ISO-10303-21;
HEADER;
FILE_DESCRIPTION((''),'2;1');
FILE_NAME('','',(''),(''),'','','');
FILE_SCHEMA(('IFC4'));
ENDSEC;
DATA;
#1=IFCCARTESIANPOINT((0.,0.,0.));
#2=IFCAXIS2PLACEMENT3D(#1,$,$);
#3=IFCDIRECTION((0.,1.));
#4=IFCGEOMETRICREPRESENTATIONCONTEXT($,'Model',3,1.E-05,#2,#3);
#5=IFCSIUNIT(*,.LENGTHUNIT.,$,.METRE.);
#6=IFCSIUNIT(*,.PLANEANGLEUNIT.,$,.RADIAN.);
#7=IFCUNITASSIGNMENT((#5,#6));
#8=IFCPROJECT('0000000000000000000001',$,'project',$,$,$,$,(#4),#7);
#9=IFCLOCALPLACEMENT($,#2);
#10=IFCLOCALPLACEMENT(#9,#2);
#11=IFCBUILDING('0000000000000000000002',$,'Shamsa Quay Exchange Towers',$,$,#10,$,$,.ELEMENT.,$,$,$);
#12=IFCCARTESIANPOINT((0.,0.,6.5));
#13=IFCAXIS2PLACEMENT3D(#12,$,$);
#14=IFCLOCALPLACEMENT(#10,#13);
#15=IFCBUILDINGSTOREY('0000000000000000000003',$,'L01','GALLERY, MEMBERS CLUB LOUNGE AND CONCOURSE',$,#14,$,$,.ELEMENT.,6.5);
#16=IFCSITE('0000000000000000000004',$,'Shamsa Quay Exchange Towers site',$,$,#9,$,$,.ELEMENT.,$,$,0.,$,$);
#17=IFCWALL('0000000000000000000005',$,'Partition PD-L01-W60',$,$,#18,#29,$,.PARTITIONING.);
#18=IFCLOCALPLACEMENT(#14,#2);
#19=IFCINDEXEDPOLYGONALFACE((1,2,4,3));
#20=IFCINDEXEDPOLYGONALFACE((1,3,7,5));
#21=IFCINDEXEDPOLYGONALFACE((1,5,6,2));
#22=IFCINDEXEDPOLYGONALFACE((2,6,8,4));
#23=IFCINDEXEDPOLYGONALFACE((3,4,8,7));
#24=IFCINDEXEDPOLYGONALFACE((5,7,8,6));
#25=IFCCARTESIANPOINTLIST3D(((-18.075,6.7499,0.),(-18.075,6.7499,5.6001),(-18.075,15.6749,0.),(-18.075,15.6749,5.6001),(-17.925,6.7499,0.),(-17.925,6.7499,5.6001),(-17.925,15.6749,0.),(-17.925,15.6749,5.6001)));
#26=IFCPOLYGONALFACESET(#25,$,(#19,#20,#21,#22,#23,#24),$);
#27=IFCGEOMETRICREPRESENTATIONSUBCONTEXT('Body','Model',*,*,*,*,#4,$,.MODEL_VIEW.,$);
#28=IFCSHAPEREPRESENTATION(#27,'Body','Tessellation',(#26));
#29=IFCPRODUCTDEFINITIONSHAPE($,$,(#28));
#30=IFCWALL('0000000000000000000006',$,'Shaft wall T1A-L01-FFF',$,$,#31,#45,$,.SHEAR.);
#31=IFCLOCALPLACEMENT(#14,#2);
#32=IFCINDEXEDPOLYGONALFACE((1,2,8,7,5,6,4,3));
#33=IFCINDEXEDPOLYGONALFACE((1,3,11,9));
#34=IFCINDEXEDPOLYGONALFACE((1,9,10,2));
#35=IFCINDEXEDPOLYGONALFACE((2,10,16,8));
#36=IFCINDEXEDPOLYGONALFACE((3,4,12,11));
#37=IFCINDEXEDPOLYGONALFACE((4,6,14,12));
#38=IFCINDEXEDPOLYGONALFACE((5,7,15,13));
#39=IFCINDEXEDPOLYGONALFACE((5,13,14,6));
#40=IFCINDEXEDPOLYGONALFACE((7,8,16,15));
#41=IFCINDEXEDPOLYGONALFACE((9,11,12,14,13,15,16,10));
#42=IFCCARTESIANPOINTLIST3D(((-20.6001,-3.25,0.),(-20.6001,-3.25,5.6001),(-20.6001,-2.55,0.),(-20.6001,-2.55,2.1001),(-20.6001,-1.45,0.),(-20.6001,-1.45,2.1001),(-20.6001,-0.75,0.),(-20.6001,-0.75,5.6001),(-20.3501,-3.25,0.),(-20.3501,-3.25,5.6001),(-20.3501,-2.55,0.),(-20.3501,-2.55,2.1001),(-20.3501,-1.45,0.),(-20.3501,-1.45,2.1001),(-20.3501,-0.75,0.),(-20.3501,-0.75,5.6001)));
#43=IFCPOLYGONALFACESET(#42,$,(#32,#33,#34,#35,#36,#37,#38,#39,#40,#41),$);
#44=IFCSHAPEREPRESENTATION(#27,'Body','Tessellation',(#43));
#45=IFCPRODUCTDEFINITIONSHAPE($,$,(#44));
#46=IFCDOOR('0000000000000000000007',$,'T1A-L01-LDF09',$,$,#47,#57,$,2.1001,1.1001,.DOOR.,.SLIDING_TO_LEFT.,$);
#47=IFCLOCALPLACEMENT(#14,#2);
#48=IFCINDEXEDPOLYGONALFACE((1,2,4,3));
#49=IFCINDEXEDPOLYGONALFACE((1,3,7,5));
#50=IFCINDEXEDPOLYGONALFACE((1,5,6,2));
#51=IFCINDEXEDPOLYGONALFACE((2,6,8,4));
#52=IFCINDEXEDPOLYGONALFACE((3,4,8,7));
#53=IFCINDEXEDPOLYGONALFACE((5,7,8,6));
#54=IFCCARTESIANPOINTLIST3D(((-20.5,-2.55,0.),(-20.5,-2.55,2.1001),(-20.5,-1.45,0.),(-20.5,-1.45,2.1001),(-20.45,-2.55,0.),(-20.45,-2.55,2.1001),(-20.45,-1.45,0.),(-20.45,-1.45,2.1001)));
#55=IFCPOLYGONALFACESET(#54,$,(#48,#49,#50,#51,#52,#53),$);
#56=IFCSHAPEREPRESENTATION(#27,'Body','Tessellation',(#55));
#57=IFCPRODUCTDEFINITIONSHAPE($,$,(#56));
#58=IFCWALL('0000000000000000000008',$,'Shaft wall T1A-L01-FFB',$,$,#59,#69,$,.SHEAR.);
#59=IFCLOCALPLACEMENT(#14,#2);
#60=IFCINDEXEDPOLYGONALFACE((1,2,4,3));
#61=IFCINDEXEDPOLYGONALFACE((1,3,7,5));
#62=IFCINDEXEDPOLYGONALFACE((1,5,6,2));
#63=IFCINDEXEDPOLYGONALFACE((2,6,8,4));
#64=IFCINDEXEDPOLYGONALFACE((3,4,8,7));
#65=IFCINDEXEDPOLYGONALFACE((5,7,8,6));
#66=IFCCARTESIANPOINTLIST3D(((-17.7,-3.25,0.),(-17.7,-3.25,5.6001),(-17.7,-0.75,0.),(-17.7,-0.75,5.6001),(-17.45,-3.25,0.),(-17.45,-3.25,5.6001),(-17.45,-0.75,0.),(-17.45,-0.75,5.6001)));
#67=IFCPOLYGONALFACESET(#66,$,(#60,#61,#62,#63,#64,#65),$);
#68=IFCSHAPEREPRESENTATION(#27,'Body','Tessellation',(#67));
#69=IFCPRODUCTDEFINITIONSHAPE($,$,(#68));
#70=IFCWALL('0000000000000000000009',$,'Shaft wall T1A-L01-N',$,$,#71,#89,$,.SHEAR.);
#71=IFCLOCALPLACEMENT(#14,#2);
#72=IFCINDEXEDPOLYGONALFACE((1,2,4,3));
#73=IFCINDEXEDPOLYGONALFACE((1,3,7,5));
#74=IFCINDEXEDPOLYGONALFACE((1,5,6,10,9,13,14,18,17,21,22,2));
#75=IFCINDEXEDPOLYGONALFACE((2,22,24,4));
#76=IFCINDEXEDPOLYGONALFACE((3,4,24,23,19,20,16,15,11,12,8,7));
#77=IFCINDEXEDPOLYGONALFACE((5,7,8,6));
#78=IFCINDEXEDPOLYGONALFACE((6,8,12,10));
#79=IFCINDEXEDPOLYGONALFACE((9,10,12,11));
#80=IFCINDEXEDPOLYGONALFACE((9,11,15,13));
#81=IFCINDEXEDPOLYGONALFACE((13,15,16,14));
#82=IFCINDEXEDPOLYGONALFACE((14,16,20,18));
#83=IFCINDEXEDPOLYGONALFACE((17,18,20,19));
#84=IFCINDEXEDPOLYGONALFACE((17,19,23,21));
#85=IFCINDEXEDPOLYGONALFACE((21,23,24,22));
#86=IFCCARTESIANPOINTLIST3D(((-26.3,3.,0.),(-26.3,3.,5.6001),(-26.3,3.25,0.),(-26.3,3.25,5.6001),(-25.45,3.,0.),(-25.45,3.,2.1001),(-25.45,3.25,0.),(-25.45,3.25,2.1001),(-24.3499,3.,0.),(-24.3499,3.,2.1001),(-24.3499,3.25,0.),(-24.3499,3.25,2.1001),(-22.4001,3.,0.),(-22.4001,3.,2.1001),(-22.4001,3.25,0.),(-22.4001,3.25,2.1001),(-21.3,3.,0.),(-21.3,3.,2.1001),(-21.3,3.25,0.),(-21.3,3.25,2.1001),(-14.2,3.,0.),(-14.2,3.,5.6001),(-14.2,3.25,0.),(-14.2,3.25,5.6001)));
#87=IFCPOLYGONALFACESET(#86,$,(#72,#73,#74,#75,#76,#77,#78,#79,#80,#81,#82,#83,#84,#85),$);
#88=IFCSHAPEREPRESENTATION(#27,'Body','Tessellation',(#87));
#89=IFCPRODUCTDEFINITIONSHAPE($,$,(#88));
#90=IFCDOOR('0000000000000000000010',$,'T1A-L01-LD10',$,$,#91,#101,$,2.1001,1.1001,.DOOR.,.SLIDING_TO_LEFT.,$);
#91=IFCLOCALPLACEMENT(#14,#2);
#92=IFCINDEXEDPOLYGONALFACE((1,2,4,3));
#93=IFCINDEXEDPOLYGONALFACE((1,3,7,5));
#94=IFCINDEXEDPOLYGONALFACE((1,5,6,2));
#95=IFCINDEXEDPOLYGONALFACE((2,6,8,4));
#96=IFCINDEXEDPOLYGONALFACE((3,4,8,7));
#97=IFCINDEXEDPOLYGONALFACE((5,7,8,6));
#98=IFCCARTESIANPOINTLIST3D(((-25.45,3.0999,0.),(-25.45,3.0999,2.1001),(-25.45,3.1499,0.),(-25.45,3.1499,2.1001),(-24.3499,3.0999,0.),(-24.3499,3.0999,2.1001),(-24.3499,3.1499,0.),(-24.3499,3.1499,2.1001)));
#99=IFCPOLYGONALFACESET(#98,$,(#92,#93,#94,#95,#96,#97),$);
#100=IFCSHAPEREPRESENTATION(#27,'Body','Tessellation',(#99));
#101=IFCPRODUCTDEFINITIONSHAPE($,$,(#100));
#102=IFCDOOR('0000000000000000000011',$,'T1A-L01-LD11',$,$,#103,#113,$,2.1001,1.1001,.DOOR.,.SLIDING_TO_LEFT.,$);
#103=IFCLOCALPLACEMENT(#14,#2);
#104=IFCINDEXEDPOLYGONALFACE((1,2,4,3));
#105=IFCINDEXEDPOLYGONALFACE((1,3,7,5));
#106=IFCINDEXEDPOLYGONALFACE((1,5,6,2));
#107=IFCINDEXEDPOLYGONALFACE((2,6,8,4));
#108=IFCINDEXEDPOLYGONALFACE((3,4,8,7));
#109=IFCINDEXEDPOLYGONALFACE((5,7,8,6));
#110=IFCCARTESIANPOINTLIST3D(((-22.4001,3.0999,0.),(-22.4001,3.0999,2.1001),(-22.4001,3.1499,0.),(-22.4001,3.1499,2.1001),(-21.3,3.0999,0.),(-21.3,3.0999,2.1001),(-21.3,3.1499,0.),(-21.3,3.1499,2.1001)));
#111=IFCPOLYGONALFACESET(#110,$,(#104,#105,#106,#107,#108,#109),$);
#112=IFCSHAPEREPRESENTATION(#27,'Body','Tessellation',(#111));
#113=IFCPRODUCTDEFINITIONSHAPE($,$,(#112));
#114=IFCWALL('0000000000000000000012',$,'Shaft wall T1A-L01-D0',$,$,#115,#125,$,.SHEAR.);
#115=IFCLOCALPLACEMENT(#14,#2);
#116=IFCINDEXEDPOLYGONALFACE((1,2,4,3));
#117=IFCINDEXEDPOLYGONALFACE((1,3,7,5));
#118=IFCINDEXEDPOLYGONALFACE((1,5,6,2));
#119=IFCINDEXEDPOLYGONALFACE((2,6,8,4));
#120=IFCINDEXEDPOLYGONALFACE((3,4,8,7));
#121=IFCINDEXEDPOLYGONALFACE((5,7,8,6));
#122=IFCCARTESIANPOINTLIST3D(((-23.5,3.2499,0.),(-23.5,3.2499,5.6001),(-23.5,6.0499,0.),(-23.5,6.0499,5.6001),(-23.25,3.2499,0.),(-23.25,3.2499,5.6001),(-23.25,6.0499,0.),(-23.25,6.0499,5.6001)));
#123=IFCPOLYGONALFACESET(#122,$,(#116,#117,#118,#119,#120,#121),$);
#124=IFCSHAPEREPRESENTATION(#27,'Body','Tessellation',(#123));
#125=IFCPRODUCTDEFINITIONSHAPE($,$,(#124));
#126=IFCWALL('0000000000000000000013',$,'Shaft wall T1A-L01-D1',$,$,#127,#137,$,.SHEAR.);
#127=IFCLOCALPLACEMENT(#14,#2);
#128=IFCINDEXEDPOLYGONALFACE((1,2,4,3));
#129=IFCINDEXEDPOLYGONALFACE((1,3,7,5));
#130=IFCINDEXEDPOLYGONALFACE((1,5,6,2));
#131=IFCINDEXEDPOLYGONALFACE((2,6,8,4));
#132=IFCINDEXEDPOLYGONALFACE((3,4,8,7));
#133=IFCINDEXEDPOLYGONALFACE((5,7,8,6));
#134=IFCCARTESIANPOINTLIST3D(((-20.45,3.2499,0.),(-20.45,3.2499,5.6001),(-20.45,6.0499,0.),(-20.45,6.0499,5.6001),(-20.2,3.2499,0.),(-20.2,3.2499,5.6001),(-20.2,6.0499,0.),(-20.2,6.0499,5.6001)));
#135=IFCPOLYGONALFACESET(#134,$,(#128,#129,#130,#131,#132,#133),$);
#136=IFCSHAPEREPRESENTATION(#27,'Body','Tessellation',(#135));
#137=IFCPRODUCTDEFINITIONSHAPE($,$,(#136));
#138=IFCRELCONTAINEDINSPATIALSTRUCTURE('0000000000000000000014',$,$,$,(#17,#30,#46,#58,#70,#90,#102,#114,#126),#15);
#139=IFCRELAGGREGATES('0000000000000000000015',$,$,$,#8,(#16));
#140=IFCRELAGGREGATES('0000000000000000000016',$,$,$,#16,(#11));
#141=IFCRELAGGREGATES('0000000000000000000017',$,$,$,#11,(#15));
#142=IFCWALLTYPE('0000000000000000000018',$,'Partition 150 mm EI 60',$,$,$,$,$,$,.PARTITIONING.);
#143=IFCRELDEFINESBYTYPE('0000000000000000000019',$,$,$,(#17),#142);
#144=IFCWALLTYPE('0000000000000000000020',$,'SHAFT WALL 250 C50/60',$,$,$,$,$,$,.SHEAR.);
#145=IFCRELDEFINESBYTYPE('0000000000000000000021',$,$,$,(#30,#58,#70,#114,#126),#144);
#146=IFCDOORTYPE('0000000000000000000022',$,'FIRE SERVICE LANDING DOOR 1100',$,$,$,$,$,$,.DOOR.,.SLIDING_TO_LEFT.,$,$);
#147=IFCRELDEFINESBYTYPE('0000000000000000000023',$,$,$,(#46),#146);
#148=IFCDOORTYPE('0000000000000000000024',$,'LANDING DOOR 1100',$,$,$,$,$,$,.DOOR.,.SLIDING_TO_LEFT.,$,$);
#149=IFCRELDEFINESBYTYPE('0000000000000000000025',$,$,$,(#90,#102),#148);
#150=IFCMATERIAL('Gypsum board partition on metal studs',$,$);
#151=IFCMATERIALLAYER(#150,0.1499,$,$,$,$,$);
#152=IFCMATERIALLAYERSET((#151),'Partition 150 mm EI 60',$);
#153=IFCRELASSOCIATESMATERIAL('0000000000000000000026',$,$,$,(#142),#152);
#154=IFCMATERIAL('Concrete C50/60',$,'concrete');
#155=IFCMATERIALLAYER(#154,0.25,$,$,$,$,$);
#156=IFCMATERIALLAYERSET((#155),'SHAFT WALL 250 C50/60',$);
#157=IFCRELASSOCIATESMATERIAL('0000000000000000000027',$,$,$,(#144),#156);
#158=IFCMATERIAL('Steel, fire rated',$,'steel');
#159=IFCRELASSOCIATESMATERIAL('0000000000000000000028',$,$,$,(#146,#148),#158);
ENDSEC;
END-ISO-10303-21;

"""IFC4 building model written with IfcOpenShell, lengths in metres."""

from ifc_helpers import new_model, si_unit, direction, frame, frame_2d, origin, place, context, subcontext, project, spatial, rectangle, extrude, material, layer, layer_set, type_object, element, fill, save


model = new_model("IFC4")

# Units and contexts
model_context = context("Model", 3, precision=1e-05, world=origin(), true_north=direction((0.0, 1.0)))
body_context = subcontext(model_context, "Body", "Model", "MODEL_VIEW")
ifc_project = project(units=[si_unit("LENGTHUNIT", "METRE"), si_unit("PLANEANGLEUNIT", "RADIAN")], contexts=[model_context])

# Site, building, storey
site_placement = place(None, origin())
site = spatial("IfcSite", under=ifc_project, at=site_placement, Name="Shamsa Quay Exchange Towers site", CompositionType="ELEMENT", RefElevation=0.0)
building_placement = place(site_placement, origin())
building = spatial("IfcBuilding", under=site, at=building_placement, Name="Shamsa Quay Exchange Towers", CompositionType="ELEMENT")
storey_placement = place(building_placement, frame((0.0, 0.0, 6.5)))
storey = spatial("IfcBuildingStorey", under=building, at=storey_placement, Name="L01", Description="GALLERY, MEMBERS CLUB LOUNGE AND CONCOURSE", CompositionType="ELEMENT", Elevation=6.5)

# Shared definitions
ifc_material_1 = material(Name="Steel, fire rated", Category="steel")

# Shared definitions
ifc_material_2 = material(Name="Gypsum board partition on metal studs")
ifc_layer_1 = layer(ifc_material_2, 0.1499)
ifc_layer_set_1 = layer_set([ifc_layer_1], Name="Partition 150 mm EI 60")
wall_type_1 = type_object("IfcWallType", Name="Partition 150 mm EI 60", PredefinedType="PARTITIONING", material=ifc_layer_set_1)

# Wall
wall_1_placement = place(storey_placement, frame((-18.0, 6.75, 0.0), z_axis=(0.0, 0.0, 1.0), x_axis=(0.0, 1.0, 0.0)))
element("IfcWall", 1, at=wall_1_placement, inside=storey, type_object=wall_type_1, Name="Partition PD-L01-W60", PredefinedType="PARTITIONING", context=body_context, shape_type="SweptSolid", body=[
    extrude(rectangle(XDim=8.925, YDim=0.1499, at=frame_2d((4.4624, 0.0))), origin(), (0.0, 0.0, 1.0), 5.6001),
])

# Wall, opening, door
ifc_material_3 = material(Name="Concrete C50/60", Category="concrete")
ifc_layer_2 = layer(ifc_material_3, 0.25)
ifc_layer_set_2 = layer_set([ifc_layer_2], Name="SHAFT WALL 250 C50/60")
wall_type_2 = type_object("IfcWallType", Name="SHAFT WALL 250 C50/60", PredefinedType="SHEAR", material=ifc_layer_set_2)
wall_2_placement = place(storey_placement, frame((-20.4751, -3.25, 0.0), z_axis=(0.0, 0.0, 1.0), x_axis=(0.0, 1.0, 0.0)))
wall_2 = element("IfcWall", 2, at=wall_2_placement, inside=storey, type_object=wall_type_2, Name="Shaft wall T1A-L01-FFF", PredefinedType="SHEAR", context=body_context, shape_type="SweptSolid", body=[
    extrude(rectangle(XDim=2.5, YDim=0.25, at=frame_2d((1.25, 0.0))), origin(), (0.0, 0.0, 1.0), 5.6001),
])
opening_1_placement = place(wall_2_placement, frame((0.7, 0.0, 0.0)))
opening_1 = element("IfcOpeningElement", 3, at=opening_1_placement, cuts=wall_2, PredefinedType="OPENING", context=body_context, shape_type="SweptSolid", body=[
    extrude(rectangle(XDim=1.1001, YDim=2.1001, at=frame_2d((0.55, 1.05))), frame((0.0, 0.135, 0.0), z_axis=(0.0, -1.0, 0.0), x_axis=(1.0, 0.0, 0.0)), (0.0, 0.0, 1.0), 0.27),
])
door_type_1 = type_object("IfcDoorType", Name="FIRE SERVICE LANDING DOOR 1100", OperationType="SLIDING_TO_LEFT", PredefinedType="DOOR", material=ifc_material_1)
door_1_placement = place(opening_1_placement, origin())
door_1 = element("IfcDoor", 4, at=door_1_placement, inside=storey, type_object=door_type_1, Name="T1A-L01-LDF09", OperationType="SLIDING_TO_LEFT", OverallHeight=2.1001, OverallWidth=1.1001, PredefinedType="DOOR", context=body_context, shape_type="SweptSolid", body=[
    extrude(rectangle(XDim=1.1001, YDim=2.1001, at=frame_2d((0.55, 1.05))), frame((0.0, 0.0249, 0.0), z_axis=(0.0, -1.0, 0.0), x_axis=(1.0, 0.0, 0.0)), (0.0, 0.0, 1.0), 0.05),
])
fill(opening_1, door_1)

# Wall
wall_3_placement = place(storey_placement, frame((-17.575, -3.25, 0.0), z_axis=(0.0, 0.0, 1.0), x_axis=(0.0, 1.0, 0.0)))
element("IfcWall", 5, at=wall_3_placement, inside=storey, type_object=wall_type_2, Name="Shaft wall T1A-L01-FFB", PredefinedType="SHEAR", context=body_context, shape_type="SweptSolid", body=[
    extrude(rectangle(XDim=2.5, YDim=0.25, at=frame_2d((1.25, 0.0))), origin(), (0.0, 0.0, 1.0), 5.6001),
])

# Wall, openings, doors
wall_4_placement = place(storey_placement, frame((-26.3, 3.125, 0.0)))
wall_4 = element("IfcWall", 6, at=wall_4_placement, inside=storey, type_object=wall_type_2, Name="Shaft wall T1A-L01-N", PredefinedType="SHEAR", context=body_context, shape_type="SweptSolid", body=[
    extrude(rectangle(XDim=12.1001, YDim=0.25, at=frame_2d((6.05, 0.0))), origin(), (0.0, 0.0, 1.0), 5.6001),
])
opening_2_placement = place(wall_4_placement, frame((0.8501, 0.0, 0.0)))
opening_2 = element("IfcOpeningElement", 7, at=opening_2_placement, cuts=wall_4, PredefinedType="OPENING", context=body_context, shape_type="SweptSolid", body=[
    extrude(rectangle(XDim=1.1001, YDim=2.1001, at=frame_2d((0.55, 1.05))), frame((0.0, 0.135, 0.0), z_axis=(0.0, -1.0, 0.0), x_axis=(1.0, 0.0, 0.0)), (0.0, 0.0, 1.0), 0.27),
])
opening_3_placement = place(wall_4_placement, frame((3.8999, 0.0, 0.0)))
opening_3 = element("IfcOpeningElement", 8, at=opening_3_placement, cuts=wall_4, PredefinedType="OPENING", context=body_context, shape_type="SweptSolid", body=[
    extrude(rectangle(XDim=1.1001, YDim=2.1001, at=frame_2d((0.55, 1.05))), frame((0.0, 0.135, 0.0), z_axis=(0.0, -1.0, 0.0), x_axis=(1.0, 0.0, 0.0)), (0.0, 0.0, 1.0), 0.27),
])
door_type_2 = type_object("IfcDoorType", Name="LANDING DOOR 1100", OperationType="SLIDING_TO_LEFT", PredefinedType="DOOR", material=ifc_material_1)
door_2_placement = place(opening_2_placement, origin())
door_2 = element("IfcDoor", 9, at=door_2_placement, inside=storey, type_object=door_type_2, Name="T1A-L01-LD10", OperationType="SLIDING_TO_LEFT", OverallHeight=2.1001, OverallWidth=1.1001, PredefinedType="DOOR", context=body_context, shape_type="SweptSolid", body=[
    extrude(rectangle(XDim=1.1001, YDim=2.1001, at=frame_2d((0.55, 1.05))), frame((0.0, 0.0249, 0.0), z_axis=(0.0, -1.0, 0.0), x_axis=(1.0, 0.0, 0.0)), (0.0, 0.0, 1.0), 0.05),
])
fill(opening_2, door_2)
door_3_placement = place(opening_3_placement, origin())
door_3 = element("IfcDoor", 10, at=door_3_placement, inside=storey, type_object=door_type_2, Name="T1A-L01-LD11", OperationType="SLIDING_TO_LEFT", OverallHeight=2.1001, OverallWidth=1.1001, PredefinedType="DOOR", context=body_context, shape_type="SweptSolid", body=[
    extrude(rectangle(XDim=1.1001, YDim=2.1001, at=frame_2d((0.55, 1.05))), frame((0.0, 0.0249, 0.0), z_axis=(0.0, -1.0, 0.0), x_axis=(1.0, 0.0, 0.0)), (0.0, 0.0, 1.0), 0.05),
])
fill(opening_3, door_3)

# Walls
for number, where, z_axis, x_axis, name in (
    (11, (-23.375, 3.25, 0.0), (0.0, 0.0, 1.0), (0.0, 1.0, 0.0), "Shaft wall T1A-L01-D0"),
    (12, (-20.325, 3.25, 0.0), (0.0, 0.0, 1.0), (0.0, 1.0, 0.0), "Shaft wall T1A-L01-D1"),
):
    element("IfcWall", number, at=place(storey_placement, frame(where, z_axis=z_axis, x_axis=x_axis)), inside=storey, type_object=wall_type_2, Name=name, PredefinedType="SHEAR", context=body_context, shape_type="SweptSolid", body=[
        extrude(rectangle(XDim=2.8, YDim=0.25, at=frame_2d((1.3999, 0.0))), origin(), (0.0, 0.0, 1.0), 5.6001),
    ])

save(model, "model.ifc")
